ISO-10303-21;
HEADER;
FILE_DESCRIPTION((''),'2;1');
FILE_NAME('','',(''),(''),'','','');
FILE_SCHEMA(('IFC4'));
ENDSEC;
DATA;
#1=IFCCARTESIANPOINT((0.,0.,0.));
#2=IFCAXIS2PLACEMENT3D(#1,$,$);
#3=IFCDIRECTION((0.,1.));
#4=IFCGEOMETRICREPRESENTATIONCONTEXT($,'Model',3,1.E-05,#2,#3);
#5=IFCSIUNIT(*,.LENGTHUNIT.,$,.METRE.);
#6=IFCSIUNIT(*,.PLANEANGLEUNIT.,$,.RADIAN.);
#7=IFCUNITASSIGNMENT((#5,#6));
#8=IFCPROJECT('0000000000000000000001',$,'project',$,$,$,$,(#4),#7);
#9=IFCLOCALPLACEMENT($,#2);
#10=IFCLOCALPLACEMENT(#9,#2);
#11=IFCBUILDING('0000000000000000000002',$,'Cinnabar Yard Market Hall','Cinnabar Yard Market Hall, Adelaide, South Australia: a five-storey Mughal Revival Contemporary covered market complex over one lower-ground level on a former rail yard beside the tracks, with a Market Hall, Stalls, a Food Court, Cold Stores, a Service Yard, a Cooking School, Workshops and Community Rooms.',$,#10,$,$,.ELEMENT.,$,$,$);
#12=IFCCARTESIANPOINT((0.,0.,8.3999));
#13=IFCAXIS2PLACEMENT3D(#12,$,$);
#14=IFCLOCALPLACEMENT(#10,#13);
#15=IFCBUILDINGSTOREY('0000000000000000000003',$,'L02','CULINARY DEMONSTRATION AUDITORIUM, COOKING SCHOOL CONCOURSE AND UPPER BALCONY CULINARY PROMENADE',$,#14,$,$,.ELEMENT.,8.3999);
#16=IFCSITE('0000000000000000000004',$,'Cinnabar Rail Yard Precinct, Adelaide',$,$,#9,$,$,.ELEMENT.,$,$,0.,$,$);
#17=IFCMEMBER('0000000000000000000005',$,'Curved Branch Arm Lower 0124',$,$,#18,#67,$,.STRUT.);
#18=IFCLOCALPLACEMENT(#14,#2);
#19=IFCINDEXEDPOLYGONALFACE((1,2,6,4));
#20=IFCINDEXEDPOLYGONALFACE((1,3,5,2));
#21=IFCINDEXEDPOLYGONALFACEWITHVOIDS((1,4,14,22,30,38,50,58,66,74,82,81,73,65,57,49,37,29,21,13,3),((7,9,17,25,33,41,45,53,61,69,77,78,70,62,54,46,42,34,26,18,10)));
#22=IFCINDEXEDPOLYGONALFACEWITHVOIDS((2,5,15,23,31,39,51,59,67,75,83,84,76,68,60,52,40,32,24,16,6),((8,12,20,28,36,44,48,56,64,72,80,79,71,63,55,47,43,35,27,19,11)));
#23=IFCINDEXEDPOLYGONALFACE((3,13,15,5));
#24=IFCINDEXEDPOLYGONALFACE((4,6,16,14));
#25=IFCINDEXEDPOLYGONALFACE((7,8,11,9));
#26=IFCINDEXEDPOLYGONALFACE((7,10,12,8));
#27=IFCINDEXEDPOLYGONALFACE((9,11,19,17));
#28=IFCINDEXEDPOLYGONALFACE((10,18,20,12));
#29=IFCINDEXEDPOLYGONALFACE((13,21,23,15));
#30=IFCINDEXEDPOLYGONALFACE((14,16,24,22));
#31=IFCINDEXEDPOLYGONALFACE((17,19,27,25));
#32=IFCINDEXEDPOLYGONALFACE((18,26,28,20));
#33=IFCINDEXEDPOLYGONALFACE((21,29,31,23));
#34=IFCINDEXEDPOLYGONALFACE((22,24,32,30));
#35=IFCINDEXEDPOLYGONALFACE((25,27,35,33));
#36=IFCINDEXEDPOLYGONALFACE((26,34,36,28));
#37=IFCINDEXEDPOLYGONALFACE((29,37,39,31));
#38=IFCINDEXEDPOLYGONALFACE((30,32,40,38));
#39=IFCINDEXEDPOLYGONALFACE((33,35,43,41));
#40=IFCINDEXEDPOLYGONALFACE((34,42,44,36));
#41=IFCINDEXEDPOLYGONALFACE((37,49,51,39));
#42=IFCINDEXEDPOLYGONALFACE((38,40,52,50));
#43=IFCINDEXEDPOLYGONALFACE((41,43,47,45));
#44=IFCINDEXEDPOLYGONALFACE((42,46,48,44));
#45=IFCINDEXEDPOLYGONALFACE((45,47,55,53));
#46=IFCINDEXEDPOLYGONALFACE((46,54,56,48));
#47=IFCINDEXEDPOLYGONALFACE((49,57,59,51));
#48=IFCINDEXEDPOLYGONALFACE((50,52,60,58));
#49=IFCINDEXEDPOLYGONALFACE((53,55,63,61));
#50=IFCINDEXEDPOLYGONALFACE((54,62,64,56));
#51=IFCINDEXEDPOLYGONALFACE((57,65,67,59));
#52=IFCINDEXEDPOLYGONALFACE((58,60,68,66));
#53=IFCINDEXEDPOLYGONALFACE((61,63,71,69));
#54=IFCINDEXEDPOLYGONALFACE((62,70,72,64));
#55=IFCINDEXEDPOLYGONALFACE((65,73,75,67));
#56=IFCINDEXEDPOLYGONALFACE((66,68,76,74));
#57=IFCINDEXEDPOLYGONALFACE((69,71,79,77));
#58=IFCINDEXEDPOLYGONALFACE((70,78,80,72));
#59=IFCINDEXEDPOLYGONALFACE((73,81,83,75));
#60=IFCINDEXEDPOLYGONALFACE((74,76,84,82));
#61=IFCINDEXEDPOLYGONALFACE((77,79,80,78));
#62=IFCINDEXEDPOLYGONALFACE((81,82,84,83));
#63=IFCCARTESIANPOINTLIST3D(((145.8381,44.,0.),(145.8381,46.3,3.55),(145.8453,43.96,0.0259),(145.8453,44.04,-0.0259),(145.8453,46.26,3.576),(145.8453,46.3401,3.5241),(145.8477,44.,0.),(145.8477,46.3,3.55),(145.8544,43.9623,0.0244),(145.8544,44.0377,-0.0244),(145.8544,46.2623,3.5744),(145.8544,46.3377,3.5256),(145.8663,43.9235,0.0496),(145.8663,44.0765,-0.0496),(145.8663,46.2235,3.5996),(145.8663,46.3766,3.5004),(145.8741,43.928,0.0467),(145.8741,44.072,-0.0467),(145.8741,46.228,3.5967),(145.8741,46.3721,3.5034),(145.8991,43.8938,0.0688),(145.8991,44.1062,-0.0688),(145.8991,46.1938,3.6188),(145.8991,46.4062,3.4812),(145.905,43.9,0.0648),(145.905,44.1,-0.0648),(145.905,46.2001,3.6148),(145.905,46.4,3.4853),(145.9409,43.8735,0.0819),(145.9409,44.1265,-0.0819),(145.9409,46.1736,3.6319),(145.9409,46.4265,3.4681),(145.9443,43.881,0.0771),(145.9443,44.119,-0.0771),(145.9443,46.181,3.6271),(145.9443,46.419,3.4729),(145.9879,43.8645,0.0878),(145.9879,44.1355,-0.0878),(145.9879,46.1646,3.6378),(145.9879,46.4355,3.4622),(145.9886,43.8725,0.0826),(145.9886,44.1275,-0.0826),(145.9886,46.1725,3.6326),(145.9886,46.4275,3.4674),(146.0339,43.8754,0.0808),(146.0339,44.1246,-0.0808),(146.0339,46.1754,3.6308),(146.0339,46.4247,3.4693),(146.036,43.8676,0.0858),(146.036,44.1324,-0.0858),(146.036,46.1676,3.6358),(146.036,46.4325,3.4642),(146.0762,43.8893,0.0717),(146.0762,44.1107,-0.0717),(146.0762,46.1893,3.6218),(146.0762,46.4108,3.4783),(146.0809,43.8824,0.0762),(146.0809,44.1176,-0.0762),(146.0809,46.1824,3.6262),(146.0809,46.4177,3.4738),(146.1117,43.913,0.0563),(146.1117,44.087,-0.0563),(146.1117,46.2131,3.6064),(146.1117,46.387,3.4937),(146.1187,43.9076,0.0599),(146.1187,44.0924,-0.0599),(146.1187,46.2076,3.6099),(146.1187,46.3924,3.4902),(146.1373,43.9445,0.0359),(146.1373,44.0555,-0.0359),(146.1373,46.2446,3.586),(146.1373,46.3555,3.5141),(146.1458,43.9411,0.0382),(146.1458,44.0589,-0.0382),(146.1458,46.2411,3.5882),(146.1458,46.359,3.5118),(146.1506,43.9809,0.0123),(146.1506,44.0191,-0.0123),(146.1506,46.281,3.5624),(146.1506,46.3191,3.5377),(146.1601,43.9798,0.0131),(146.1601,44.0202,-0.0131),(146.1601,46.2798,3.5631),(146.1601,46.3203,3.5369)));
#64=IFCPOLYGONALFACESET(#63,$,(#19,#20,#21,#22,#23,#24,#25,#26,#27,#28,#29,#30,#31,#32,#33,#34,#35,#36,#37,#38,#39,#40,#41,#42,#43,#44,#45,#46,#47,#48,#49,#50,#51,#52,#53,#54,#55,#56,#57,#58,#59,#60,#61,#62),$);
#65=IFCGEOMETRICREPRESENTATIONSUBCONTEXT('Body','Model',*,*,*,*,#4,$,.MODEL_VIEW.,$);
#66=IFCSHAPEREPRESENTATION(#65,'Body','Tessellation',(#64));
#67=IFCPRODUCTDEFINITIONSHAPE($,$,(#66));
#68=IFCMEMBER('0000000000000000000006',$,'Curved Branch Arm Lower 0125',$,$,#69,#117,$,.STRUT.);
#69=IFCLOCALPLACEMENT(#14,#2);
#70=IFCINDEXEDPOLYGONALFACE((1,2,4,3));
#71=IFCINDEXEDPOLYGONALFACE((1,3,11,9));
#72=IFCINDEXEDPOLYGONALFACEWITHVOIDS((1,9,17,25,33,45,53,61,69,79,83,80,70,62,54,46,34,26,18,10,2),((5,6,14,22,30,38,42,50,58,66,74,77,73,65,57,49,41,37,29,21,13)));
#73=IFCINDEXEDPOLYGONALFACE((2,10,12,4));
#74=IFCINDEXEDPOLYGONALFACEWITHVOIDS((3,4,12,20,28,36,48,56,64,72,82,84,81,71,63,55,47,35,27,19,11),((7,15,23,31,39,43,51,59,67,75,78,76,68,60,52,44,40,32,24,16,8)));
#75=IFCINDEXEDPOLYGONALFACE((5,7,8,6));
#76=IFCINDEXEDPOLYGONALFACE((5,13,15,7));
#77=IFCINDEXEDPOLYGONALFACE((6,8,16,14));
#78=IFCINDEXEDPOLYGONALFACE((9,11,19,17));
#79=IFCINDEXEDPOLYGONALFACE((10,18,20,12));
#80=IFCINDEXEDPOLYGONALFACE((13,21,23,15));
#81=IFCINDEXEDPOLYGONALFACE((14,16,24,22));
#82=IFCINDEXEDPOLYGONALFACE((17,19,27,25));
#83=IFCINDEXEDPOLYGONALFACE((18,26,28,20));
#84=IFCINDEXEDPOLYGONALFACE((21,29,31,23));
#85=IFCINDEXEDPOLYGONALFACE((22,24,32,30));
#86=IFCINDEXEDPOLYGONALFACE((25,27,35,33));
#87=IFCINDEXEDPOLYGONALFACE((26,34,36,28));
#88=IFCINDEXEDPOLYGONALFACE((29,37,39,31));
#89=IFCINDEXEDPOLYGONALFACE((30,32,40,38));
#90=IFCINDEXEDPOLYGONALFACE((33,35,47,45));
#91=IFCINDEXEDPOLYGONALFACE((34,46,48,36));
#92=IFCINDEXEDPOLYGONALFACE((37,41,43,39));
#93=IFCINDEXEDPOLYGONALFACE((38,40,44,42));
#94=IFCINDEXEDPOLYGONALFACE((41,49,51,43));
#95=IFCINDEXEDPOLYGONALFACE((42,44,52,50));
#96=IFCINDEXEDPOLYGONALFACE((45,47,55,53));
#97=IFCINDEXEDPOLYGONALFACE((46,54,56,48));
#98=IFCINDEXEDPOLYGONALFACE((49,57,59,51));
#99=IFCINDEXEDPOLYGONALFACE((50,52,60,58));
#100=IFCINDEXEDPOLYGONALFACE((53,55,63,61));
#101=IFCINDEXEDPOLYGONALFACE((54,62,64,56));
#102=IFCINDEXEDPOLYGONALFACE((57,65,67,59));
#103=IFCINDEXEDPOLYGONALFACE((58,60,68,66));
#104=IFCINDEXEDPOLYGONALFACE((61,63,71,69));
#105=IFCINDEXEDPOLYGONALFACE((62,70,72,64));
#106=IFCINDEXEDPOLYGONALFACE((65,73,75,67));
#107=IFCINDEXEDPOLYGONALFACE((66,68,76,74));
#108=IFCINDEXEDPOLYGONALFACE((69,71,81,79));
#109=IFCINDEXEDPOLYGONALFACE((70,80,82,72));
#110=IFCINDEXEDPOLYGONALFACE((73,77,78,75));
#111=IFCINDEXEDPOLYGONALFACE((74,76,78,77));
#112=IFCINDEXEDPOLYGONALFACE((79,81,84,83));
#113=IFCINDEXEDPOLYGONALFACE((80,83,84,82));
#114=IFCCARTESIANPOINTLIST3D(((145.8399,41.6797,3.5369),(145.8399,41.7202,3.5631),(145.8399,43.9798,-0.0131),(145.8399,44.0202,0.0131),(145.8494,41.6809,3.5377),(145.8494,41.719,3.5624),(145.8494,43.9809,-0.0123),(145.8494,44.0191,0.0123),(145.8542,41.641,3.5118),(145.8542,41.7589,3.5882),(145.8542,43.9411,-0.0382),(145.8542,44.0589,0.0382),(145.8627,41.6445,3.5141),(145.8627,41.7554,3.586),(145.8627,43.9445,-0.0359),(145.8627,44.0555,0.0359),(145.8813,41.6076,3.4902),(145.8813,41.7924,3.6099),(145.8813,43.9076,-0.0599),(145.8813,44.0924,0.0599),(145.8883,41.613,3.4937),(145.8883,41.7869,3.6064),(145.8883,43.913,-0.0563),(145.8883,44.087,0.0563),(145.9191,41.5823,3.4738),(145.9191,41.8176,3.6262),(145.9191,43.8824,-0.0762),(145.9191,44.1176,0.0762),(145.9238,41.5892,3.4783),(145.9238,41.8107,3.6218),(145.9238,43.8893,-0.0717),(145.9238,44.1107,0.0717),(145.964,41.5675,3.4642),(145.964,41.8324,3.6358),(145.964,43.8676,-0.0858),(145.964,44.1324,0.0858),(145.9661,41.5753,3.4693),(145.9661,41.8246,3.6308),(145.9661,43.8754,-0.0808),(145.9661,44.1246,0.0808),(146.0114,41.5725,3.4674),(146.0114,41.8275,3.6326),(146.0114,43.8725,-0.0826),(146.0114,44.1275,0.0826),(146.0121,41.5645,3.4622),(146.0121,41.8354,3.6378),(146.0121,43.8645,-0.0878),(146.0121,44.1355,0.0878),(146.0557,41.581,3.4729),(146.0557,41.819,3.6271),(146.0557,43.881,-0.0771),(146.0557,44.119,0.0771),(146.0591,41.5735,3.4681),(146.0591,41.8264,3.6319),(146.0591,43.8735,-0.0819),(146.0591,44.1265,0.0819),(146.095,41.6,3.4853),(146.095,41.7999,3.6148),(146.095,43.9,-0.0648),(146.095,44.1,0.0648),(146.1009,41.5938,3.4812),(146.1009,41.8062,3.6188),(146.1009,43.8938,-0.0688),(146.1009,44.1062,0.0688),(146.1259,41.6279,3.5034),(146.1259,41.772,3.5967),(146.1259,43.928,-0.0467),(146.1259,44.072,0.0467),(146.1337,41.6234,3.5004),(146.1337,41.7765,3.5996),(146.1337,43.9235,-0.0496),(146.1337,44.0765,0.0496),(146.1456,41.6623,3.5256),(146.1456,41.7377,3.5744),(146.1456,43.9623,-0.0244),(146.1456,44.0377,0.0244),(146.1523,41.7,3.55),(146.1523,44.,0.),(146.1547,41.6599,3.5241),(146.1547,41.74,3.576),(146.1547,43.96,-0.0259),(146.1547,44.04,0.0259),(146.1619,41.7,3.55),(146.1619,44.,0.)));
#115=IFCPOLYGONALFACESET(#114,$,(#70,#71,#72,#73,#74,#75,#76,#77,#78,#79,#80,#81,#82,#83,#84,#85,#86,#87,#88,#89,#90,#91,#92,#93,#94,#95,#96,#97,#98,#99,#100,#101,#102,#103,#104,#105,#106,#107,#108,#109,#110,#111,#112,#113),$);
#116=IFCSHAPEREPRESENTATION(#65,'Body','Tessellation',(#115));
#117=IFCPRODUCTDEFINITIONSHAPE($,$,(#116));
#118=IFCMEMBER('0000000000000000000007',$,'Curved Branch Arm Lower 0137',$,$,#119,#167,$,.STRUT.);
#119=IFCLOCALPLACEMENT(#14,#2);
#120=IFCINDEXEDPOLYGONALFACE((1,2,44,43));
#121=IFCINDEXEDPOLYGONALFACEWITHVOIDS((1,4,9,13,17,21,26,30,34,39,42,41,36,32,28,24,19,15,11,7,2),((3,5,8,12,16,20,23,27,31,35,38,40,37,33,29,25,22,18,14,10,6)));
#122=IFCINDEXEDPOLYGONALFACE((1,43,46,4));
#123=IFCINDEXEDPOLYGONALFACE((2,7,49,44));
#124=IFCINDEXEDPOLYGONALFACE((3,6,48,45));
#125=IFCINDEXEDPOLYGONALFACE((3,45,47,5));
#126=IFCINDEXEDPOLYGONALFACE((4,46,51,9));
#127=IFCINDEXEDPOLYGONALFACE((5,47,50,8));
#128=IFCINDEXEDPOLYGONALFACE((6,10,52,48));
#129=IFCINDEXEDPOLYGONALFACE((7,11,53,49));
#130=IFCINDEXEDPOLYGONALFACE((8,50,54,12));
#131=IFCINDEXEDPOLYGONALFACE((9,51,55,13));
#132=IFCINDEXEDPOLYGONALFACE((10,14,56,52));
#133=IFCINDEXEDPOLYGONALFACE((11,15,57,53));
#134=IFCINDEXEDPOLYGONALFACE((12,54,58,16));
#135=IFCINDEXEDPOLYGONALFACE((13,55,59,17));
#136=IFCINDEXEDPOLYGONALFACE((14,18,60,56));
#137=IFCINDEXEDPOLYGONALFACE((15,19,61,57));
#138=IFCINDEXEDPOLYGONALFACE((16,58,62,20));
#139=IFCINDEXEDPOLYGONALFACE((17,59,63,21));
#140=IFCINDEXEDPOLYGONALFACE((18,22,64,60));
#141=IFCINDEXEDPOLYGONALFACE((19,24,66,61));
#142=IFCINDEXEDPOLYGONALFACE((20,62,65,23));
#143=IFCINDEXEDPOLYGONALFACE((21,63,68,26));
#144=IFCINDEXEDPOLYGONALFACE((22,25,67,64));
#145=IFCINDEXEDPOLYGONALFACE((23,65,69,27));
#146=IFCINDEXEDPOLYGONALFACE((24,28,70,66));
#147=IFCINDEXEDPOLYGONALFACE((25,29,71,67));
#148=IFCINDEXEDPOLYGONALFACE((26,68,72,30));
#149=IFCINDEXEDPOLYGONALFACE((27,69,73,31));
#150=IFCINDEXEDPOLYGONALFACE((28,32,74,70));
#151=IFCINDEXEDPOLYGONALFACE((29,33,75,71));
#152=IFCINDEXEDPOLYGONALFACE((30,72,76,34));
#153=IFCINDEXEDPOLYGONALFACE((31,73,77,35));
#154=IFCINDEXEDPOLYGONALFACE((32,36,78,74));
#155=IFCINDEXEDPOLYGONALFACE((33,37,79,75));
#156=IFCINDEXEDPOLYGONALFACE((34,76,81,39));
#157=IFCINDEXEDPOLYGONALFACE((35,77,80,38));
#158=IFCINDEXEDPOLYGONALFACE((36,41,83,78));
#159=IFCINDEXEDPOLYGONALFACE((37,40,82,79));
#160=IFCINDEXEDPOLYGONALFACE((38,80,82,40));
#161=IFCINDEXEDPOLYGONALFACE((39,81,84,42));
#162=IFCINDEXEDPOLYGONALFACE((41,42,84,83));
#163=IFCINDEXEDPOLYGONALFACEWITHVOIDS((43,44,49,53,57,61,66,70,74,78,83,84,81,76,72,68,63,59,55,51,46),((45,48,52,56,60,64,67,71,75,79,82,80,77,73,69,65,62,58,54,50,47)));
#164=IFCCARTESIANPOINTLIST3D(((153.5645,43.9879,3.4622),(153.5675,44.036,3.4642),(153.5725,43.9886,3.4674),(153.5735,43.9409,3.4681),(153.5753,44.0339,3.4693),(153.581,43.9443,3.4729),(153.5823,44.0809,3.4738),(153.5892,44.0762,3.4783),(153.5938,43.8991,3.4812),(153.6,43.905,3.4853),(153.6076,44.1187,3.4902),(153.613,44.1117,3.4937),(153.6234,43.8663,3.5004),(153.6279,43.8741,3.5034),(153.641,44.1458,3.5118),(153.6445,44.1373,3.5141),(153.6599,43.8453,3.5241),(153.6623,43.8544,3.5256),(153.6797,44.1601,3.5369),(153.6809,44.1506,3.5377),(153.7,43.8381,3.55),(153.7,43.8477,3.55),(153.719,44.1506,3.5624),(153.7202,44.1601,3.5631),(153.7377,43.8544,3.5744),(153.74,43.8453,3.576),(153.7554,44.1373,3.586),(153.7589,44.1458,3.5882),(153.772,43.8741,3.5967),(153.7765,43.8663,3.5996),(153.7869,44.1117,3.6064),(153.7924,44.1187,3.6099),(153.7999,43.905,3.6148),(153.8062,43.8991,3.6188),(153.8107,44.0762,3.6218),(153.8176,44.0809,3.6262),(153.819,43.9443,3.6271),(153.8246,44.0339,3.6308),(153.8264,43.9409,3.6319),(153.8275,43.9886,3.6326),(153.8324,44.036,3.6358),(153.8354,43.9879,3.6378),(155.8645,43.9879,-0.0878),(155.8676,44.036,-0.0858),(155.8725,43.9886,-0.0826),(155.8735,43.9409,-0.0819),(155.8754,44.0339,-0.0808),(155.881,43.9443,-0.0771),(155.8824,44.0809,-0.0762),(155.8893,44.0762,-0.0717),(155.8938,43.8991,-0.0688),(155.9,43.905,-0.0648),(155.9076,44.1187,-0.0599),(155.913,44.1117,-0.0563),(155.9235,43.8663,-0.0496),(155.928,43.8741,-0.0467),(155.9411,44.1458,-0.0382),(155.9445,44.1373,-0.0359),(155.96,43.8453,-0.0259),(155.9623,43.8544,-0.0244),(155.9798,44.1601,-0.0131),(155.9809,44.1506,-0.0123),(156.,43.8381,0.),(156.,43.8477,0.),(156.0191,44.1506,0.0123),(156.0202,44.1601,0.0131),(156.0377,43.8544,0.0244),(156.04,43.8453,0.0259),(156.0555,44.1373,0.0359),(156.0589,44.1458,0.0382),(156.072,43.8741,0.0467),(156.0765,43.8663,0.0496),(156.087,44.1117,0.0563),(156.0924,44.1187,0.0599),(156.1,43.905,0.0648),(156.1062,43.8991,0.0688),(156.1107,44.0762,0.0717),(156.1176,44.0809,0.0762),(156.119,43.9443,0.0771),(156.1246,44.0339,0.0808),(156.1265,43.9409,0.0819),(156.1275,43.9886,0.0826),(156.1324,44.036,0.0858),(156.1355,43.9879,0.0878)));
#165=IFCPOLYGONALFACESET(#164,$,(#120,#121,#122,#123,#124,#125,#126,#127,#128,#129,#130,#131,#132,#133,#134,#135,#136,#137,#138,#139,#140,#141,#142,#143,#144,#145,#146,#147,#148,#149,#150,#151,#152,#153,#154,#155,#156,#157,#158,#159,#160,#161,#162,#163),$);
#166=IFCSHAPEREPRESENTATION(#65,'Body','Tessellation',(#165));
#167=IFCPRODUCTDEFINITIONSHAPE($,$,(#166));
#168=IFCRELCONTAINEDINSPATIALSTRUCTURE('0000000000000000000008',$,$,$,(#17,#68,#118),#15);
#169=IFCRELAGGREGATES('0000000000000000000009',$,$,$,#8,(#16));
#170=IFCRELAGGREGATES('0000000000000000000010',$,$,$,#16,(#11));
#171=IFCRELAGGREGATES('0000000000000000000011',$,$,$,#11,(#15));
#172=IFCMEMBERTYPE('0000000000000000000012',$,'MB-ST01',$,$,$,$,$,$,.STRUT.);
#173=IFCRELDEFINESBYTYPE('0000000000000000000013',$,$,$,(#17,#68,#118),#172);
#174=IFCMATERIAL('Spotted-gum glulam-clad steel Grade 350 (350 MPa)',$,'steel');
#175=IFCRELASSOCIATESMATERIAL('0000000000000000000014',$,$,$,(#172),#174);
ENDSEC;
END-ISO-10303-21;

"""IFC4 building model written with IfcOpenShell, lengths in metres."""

from ifc_helpers import new_model, si_unit, direction, frame, origin, origin_2d_with_axis, place, context, subcontext, project, spatial, hollow_circle, extrude, material, material_profile, profile_set, type_object, element, save


model = new_model("IFC4")

# Units and contexts
model_context = context("Model", 3, precision=1e-05, world=origin(), true_north=direction((0.0, 1.0)))
body_context = subcontext(model_context, "Body", "Model", "MODEL_VIEW")
ifc_project = project(units=[si_unit("LENGTHUNIT", "METRE"), si_unit("PLANEANGLEUNIT", "RADIAN")], contexts=[model_context])

# Site, building, storey
site_placement = place(None, origin())
site = spatial("IfcSite", under=ifc_project, at=site_placement, Name="Cinnabar Rail Yard Precinct, Adelaide", CompositionType="ELEMENT", RefElevation=0.0)
building_placement = place(site_placement, origin())
building = spatial("IfcBuilding", under=site, at=building_placement, Name="Cinnabar Yard Market Hall", Description="Cinnabar Yard Market Hall, Adelaide, South Australia: a five-storey Mughal Revival Contemporary covered market complex over one lower-ground level on a former rail yard beside the tracks, with a Market Hall, Stalls, a Food Court, Cold Stores, a Service Yard, a Cooking School, Workshops and Community Rooms.", CompositionType="ELEMENT")
storey_placement = place(building_placement, frame((0.0, 0.0, 8.3999)))
storey = spatial("IfcBuildingStorey", under=building, at=storey_placement, Name="L02", Description="CULINARY DEMONSTRATION AUDITORIUM, COOKING SCHOOL CONCOURSE AND UPPER BALCONY CULINARY PROMENADE", CompositionType="ELEMENT", Elevation=8.3999)

# Shared definitions
ifc_material_1 = material(Name="Spotted-gum glulam-clad steel Grade 350 (350 MPa)", Category="steel")

# Members
ifc_material_profile_1 = material_profile(ifc_material_1, hollow_circle(Radius=0.1619, WallThickness=0.0095, at=origin_2d_with_axis()), Name="323.9x9.5CHS")
ifc_profile_set_1 = profile_set([ifc_material_profile_1], Name="Spotted-gum glulam-clad steel Grade 350 (350 MPa)")
member_type_1 = type_object("IfcMemberType", Name="MB-ST01", PredefinedType="STRUT", material=ifc_profile_set_1)
for number, where, z_axis, x_axis, name in (
    (1, (146.0, 44.0, 0.0), (0.0, 0.543744, 0.839251), (-1.0, 0.0, 0.0), "Curved Branch Arm Lower 0124"),
    (2, (146.0, 44.0, 0.0), (0.0, -0.543744, 0.839251), (1.0, 0.0, 0.0), "Curved Branch Arm Lower 0125"),
    (3, (156.0, 44.0, 0.0), (-0.543744, 0.0, 0.839251), (0.0, -1.0, 0.0), "Curved Branch Arm Lower 0137"),
):
    element("IfcMember", number, at=place(storey_placement, frame(where, z_axis=z_axis, x_axis=x_axis)), inside=storey, type_object=member_type_1, Name=name, PredefinedType="STRUT", context=body_context, shape_type="SweptSolid", body=[
        extrude(hollow_circle(Radius=0.1619, WallThickness=0.0095, at=origin_2d_with_axis()), origin(), (0.0, 0.0, 1.0), 4.23),
    ])

save(model, "model.ifc")
